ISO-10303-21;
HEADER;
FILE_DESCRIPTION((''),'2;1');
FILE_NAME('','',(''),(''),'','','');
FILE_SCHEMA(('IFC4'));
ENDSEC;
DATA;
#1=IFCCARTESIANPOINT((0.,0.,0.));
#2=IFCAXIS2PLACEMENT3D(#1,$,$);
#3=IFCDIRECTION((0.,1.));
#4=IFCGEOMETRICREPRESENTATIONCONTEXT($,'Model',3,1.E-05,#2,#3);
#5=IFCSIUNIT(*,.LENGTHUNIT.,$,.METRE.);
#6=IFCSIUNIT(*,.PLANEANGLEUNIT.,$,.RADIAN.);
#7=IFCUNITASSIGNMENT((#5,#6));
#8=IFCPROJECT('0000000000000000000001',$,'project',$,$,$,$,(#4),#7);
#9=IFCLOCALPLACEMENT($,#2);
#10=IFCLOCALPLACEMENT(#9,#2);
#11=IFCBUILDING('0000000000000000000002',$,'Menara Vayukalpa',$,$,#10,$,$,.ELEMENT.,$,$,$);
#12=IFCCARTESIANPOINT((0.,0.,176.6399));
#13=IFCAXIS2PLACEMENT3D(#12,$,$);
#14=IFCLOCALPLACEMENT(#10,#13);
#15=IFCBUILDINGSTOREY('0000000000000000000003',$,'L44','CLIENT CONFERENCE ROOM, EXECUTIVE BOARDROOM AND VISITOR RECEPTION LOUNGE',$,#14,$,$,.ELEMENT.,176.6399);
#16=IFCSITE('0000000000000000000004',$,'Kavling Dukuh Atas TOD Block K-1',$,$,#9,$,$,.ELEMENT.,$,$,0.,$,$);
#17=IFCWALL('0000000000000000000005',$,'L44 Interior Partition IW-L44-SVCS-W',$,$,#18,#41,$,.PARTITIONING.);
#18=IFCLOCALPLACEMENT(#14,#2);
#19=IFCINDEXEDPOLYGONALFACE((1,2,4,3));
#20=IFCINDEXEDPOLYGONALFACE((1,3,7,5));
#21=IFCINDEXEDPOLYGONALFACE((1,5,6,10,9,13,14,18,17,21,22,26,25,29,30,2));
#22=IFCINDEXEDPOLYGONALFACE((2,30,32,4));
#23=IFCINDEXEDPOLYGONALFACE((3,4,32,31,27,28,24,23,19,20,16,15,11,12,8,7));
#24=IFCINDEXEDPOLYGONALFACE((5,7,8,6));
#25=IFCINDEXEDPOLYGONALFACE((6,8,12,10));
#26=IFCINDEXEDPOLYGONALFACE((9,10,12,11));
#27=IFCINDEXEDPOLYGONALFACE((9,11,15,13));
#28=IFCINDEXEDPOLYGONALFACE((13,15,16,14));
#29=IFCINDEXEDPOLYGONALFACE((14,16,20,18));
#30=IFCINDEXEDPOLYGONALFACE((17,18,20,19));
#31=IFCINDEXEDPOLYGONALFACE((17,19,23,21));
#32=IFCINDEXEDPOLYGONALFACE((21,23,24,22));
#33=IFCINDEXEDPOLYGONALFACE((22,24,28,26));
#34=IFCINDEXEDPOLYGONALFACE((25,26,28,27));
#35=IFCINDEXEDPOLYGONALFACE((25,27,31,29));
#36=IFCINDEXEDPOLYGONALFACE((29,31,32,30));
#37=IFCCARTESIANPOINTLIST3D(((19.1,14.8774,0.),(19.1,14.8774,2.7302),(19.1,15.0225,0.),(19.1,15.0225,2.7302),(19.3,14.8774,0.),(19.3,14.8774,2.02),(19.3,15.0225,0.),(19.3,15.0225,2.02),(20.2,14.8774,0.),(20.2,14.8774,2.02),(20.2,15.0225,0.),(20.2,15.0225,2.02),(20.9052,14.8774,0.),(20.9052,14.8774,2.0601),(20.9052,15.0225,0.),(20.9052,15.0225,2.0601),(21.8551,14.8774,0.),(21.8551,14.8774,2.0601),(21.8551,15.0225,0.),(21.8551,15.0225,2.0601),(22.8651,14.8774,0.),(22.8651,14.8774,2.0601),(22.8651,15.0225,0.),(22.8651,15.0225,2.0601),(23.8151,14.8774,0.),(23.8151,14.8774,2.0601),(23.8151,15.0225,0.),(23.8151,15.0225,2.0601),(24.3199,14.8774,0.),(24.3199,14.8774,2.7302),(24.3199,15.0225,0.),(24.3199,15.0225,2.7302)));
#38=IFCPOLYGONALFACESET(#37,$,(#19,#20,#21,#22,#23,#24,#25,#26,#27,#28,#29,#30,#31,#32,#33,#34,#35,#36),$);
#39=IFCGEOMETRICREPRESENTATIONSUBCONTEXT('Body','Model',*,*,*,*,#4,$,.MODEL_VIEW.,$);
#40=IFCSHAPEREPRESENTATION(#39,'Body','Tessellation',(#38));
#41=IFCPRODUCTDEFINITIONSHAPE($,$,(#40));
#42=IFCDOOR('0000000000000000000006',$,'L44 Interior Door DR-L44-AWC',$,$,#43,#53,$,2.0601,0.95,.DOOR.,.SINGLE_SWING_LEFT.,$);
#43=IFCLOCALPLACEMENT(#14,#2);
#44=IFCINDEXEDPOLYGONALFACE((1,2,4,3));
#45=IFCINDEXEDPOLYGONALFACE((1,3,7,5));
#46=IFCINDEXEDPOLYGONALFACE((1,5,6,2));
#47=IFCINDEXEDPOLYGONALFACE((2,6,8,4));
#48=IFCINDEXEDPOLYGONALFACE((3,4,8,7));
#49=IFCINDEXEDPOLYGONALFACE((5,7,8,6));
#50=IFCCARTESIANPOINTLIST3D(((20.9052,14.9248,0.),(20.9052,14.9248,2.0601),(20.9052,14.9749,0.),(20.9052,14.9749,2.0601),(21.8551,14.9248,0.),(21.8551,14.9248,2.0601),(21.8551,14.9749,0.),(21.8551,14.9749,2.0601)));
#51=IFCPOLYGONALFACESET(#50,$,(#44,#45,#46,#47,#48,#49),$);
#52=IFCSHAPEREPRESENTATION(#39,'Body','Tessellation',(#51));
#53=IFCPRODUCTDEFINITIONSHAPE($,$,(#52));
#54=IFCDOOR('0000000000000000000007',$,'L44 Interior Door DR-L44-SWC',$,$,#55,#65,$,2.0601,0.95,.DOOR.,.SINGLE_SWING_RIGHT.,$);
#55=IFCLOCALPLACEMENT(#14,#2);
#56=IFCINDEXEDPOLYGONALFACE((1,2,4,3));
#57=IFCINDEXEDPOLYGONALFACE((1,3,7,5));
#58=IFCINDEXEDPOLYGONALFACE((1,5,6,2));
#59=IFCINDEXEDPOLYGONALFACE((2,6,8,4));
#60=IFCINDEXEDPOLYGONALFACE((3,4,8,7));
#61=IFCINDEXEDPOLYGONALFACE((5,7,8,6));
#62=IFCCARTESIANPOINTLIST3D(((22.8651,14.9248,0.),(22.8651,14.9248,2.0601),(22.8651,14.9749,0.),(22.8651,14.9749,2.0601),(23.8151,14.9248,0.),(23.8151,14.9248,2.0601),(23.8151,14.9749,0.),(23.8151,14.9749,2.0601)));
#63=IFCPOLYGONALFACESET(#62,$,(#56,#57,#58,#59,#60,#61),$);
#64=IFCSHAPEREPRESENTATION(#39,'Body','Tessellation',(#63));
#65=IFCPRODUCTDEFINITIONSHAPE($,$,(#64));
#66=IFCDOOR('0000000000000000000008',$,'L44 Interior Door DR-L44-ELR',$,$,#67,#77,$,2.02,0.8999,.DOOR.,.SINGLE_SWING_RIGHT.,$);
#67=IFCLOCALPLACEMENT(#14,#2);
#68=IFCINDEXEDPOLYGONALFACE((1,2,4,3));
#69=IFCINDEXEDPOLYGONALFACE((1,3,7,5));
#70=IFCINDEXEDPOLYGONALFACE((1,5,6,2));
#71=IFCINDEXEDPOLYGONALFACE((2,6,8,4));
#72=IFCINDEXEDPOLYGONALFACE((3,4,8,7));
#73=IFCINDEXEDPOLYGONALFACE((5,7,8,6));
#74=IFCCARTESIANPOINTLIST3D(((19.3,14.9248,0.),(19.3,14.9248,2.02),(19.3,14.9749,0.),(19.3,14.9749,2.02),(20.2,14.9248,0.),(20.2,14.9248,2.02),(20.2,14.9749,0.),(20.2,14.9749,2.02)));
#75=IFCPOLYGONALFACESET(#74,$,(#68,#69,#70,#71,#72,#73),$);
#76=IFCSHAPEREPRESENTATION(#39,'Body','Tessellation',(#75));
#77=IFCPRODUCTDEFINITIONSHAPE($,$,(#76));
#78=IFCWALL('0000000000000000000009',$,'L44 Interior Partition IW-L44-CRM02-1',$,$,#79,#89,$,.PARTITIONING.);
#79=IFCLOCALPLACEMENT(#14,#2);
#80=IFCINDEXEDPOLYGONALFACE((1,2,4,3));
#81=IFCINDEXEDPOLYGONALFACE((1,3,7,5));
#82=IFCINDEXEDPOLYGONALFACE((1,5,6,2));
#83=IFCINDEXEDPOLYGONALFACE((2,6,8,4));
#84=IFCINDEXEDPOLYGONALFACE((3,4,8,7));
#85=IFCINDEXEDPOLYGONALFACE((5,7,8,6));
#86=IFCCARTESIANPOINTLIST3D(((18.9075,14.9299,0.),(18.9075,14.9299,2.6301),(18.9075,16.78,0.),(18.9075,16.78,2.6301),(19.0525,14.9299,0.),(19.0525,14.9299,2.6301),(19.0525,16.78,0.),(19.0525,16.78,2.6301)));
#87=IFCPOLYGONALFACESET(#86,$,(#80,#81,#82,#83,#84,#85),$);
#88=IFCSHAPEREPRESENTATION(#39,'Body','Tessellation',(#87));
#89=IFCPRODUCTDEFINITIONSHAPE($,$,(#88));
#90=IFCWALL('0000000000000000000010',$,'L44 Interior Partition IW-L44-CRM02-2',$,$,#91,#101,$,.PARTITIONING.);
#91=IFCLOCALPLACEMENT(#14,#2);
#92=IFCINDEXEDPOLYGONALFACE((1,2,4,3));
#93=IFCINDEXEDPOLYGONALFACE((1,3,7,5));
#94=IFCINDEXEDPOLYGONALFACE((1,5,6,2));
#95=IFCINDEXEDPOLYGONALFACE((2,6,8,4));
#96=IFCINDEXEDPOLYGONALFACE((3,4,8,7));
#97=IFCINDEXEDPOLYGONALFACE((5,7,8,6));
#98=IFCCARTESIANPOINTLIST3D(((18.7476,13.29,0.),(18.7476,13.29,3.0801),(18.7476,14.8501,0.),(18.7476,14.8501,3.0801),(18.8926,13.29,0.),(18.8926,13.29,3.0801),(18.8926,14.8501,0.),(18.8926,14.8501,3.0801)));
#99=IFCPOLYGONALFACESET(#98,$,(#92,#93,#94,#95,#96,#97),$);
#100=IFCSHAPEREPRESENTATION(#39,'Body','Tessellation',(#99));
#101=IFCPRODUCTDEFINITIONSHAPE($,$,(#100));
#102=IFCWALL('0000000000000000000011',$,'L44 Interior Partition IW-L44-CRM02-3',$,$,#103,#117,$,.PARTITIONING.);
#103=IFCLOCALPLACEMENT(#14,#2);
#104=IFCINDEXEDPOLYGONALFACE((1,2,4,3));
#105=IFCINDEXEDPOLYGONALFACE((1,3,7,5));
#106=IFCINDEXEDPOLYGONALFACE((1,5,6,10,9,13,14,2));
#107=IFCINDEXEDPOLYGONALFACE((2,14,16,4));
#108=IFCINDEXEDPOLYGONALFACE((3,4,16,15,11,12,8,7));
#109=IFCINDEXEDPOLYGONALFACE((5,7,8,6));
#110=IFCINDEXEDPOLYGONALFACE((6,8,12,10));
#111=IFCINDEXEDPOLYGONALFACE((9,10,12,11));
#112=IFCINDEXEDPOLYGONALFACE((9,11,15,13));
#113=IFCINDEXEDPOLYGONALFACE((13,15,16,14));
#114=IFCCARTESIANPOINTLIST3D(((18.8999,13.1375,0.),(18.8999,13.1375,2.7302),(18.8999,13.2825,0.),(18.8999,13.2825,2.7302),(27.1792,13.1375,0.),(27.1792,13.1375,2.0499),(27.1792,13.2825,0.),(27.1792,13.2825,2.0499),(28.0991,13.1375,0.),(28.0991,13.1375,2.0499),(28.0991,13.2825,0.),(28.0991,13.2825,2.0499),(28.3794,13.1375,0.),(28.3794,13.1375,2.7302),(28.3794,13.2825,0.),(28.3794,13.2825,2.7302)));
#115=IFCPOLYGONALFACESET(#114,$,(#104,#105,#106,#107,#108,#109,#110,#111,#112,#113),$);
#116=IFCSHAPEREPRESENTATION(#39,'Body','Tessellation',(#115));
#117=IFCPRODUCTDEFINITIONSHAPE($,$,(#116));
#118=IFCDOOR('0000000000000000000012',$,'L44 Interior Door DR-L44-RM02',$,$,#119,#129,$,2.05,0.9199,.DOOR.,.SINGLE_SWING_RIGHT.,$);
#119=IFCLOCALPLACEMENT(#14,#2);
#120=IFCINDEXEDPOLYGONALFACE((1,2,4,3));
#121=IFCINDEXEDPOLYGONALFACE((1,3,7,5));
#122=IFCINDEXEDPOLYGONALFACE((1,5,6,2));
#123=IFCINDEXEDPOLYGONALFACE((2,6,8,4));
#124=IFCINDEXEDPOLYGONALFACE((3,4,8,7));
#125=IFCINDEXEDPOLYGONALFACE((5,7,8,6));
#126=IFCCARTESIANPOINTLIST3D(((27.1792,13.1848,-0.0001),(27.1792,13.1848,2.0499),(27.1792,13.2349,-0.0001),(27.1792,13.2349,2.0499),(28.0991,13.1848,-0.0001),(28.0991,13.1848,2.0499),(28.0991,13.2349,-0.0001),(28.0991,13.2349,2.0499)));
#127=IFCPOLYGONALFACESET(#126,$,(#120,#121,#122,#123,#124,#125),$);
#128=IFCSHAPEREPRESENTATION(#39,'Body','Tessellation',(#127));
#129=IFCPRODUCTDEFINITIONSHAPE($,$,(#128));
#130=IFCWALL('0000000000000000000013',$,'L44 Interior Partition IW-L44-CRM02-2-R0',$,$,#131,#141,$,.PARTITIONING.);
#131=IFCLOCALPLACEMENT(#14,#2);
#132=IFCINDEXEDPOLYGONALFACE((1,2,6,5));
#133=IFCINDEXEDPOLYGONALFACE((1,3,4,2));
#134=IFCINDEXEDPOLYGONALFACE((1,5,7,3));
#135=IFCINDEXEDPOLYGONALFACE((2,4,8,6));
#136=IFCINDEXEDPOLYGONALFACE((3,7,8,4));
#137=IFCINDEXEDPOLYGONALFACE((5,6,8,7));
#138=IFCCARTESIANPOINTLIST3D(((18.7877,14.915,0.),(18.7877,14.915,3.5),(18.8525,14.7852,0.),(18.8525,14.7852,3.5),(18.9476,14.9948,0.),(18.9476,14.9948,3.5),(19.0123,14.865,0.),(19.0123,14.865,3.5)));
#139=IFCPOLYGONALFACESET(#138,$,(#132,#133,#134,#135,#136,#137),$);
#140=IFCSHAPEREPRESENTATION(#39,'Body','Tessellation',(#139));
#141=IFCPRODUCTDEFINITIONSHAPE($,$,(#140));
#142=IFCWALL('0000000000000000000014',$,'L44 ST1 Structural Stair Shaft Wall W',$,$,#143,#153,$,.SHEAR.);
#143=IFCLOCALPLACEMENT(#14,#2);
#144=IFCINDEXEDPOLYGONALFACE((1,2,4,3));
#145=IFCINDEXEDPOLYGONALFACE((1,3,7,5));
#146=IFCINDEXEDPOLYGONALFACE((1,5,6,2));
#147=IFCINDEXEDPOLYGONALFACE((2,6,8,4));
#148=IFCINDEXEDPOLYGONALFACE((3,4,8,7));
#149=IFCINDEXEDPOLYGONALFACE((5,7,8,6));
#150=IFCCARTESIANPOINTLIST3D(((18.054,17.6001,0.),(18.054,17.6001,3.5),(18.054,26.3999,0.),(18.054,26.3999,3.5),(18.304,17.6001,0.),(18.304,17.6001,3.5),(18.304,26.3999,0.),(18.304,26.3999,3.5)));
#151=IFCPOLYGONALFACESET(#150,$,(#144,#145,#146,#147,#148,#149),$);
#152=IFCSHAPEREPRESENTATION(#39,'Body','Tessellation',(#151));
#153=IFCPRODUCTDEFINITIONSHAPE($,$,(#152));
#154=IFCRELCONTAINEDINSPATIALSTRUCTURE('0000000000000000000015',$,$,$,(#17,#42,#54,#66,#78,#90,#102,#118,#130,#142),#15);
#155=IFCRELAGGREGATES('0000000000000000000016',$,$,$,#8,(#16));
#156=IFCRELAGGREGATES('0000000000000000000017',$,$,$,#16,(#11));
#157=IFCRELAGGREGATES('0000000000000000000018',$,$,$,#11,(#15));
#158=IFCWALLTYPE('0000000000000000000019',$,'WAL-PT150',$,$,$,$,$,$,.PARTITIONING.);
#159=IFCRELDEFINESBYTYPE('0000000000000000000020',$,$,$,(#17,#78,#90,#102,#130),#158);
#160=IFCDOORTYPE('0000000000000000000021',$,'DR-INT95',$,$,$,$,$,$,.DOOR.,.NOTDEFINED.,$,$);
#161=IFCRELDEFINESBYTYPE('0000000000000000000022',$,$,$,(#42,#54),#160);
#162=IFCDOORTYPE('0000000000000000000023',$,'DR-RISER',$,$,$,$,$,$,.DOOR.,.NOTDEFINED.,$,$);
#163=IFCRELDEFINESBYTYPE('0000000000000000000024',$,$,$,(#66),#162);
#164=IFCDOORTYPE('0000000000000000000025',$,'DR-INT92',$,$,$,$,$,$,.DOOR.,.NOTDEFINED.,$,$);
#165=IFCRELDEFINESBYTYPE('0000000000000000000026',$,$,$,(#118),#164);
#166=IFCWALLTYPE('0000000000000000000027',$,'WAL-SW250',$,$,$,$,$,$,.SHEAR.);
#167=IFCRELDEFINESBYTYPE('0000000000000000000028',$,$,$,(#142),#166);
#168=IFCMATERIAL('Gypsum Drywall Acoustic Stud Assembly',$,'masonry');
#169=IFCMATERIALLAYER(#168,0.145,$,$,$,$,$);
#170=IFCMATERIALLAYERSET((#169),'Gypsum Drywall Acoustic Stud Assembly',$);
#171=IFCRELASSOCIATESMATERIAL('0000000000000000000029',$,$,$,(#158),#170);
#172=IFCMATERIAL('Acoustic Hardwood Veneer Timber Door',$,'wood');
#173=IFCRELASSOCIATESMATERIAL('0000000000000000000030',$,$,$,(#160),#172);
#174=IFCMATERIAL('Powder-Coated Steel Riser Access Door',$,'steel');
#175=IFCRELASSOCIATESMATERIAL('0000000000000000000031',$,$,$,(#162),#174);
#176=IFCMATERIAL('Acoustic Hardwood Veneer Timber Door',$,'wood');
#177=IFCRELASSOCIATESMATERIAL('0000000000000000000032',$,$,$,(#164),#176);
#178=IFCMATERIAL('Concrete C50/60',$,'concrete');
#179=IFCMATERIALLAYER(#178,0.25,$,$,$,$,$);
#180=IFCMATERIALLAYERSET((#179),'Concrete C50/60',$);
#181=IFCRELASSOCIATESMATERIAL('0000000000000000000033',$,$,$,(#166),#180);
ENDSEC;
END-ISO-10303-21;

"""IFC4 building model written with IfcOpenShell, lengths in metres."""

from ifc_helpers import new_model, si_unit, direction, frame, frame_2d, origin, place, context, subcontext, project, spatial, rectangle, extrude, material, layer, layer_set, type_object, element, fill, save


model = new_model("IFC4")

# Units and contexts
model_context = context("Model", 3, precision=1e-05, world=origin(), true_north=direction((0.0, 1.0)))
body_context = subcontext(model_context, "Body", "Model", "MODEL_VIEW")
ifc_project = project(units=[si_unit("LENGTHUNIT", "METRE"), si_unit("PLANEANGLEUNIT", "RADIAN")], contexts=[model_context])

# Site, building, storey
site_placement = place(None, origin())
site = spatial("IfcSite", under=ifc_project, at=site_placement, Name="Kavling Dukuh Atas TOD Block K-1", CompositionType="ELEMENT", RefElevation=0.0)
building_placement = place(site_placement, origin())
building = spatial("IfcBuilding", under=site, at=building_placement, Name="Menara Vayukalpa", CompositionType="ELEMENT")
storey_placement = place(building_placement, frame((0.0, 0.0, 176.6399)))
storey = spatial("IfcBuildingStorey", under=building, at=storey_placement, Name="L44", Description="CLIENT CONFERENCE ROOM, EXECUTIVE BOARDROOM AND VISITOR RECEPTION LOUNGE", CompositionType="ELEMENT", Elevation=176.6399)

# Wall, openings, doors
ifc_material_1 = material(Name="Gypsum Drywall Acoustic Stud Assembly", Category="masonry")
ifc_layer_1 = layer(ifc_material_1, 0.145)
ifc_layer_set_1 = layer_set([ifc_layer_1], Name="Gypsum Drywall Acoustic Stud Assembly")
wall_type_1 = type_object("IfcWallType", Name="WAL-PT150", PredefinedType="PARTITIONING", material=ifc_layer_set_1)
wall_1_placement = place(storey_placement, frame((19.1001, 14.95, 0.0), z_axis=(0.0, 0.0, 1.0), x_axis=(1.0, 0.0, 0.0)))
wall_1 = element("IfcWall", 1, at=wall_1_placement, inside=storey, type_object=wall_type_1, Name="L44 Interior Partition IW-L44-SVCS-W", PredefinedType="PARTITIONING", context=body_context, shape_type="SweptSolid", body=[
    extrude(rectangle(XDim=5.22, YDim=0.145, at=frame_2d((2.6099, 0.0))), origin(), (0.0, 0.0, 1.0), 2.7302),
])
opening_1_placement = place(wall_1_placement, frame((0.2, 0.0, 0.0)))
opening_1 = element("IfcOpeningElement", 2, at=opening_1_placement, cuts=wall_1, PredefinedType="OPENING", context=body_context, shape_type="SweptSolid", body=[
    extrude(rectangle(XDim=0.8999, YDim=2.02, at=frame_2d((0.45, 1.01))), frame((0.0, 0.0825, 0.0), z_axis=(0.0, -1.0, 0.0), x_axis=(1.0, 0.0, 0.0)), (0.0, 0.0, 1.0), 0.165),
])
opening_2_placement = place(wall_1_placement, frame((1.8049, 0.0, 0.0)))
opening_2 = element("IfcOpeningElement", 3, at=opening_2_placement, cuts=wall_1, PredefinedType="OPENING", context=body_context, shape_type="SweptSolid", body=[
    extrude(rectangle(XDim=0.95, YDim=2.0601, at=frame_2d((0.4751, 1.03))), frame((0.0, 0.0825, 0.0), z_axis=(0.0, -1.0, 0.0), x_axis=(1.0, 0.0, 0.0)), (0.0, 0.0, 1.0), 0.165),
])
opening_3_placement = place(wall_1_placement, frame((3.7649, 0.0, 0.0)))
opening_3 = element("IfcOpeningElement", 4, at=opening_3_placement, cuts=wall_1, PredefinedType="OPENING", context=body_context, shape_type="SweptSolid", body=[
    extrude(rectangle(XDim=0.95, YDim=2.0601, at=frame_2d((0.4751, 1.03))), frame((0.0, 0.0825, 0.0), z_axis=(0.0, -1.0, 0.0), x_axis=(1.0, 0.0, 0.0)), (0.0, 0.0, 1.0), 0.165),
])
ifc_material_2 = material(Name="Acoustic Hardwood Veneer Timber Door", Category="wood")
door_type_1 = type_object("IfcDoorType", Name="DR-INT95", OperationType="NOTDEFINED", PredefinedType="DOOR", material=ifc_material_2)
door_1_placement = place(opening_2_placement, origin())
door_1 = element("IfcDoor", 5, at=door_1_placement, inside=storey, type_object=door_type_1, Name="L44 Interior Door DR-L44-AWC", OperationType="SINGLE_SWING_LEFT", OverallHeight=2.0601, OverallWidth=0.95, PredefinedType="DOOR", context=body_context, shape_type="SweptSolid", body=[
    extrude(rectangle(XDim=0.95, YDim=2.0601, at=frame_2d((0.4751, 1.03))), frame((0.0, 0.0249, 0.0), z_axis=(0.0, -1.0, 0.0), x_axis=(1.0, 0.0, 0.0)), (0.0, 0.0, 1.0), 0.05),
])
fill(opening_2, door_1)
door_2_placement = place(opening_3_placement, origin())
door_2 = element("IfcDoor", 6, at=door_2_placement, inside=storey, type_object=door_type_1, Name="L44 Interior Door DR-L44-SWC", OperationType="SINGLE_SWING_RIGHT", OverallHeight=2.0601, OverallWidth=0.95, PredefinedType="DOOR", context=body_context, shape_type="SweptSolid", body=[
    extrude(rectangle(XDim=0.95, YDim=2.0601, at=frame_2d((0.4751, 1.03))), frame((0.0, 0.0249, 0.0), z_axis=(0.0, -1.0, 0.0), x_axis=(1.0, 0.0, 0.0)), (0.0, 0.0, 1.0), 0.05),
])
fill(opening_3, door_2)
ifc_material_3 = material(Name="Powder-Coated Steel Riser Access Door", Category="steel")
door_type_2 = type_object("IfcDoorType", Name="DR-RISER", OperationType="NOTDEFINED", PredefinedType="DOOR", material=ifc_material_3)
door_3_placement = place(opening_1_placement, origin())
door_3 = element("IfcDoor", 7, at=door_3_placement, inside=storey, type_object=door_type_2, Name="L44 Interior Door DR-L44-ELR", OperationType="SINGLE_SWING_RIGHT", OverallHeight=2.02, OverallWidth=0.8999, PredefinedType="DOOR", context=body_context, shape_type="SweptSolid", body=[
    extrude(rectangle(XDim=0.8999, YDim=2.02, at=frame_2d((0.45, 1.01))), frame((0.0, 0.0249, 0.0), z_axis=(0.0, -1.0, 0.0), x_axis=(1.0, 0.0, 0.0)), (0.0, 0.0, 1.0), 0.05),
])
fill(opening_1, door_3)

# Walls
wall_2_placement = place(storey_placement, frame((18.98, 16.78, 0.0), z_axis=(0.0, 0.0, 1.0), x_axis=(0.0, -1.0, 0.0)))
element("IfcWall", 8, at=wall_2_placement, inside=storey, type_object=wall_type_1, Name="L44 Interior Partition IW-L44-CRM02-1", PredefinedType="PARTITIONING", context=body_context, shape_type="SweptSolid", body=[
    extrude(rectangle(XDim=1.8501, YDim=0.145, at=frame_2d((0.925, 0.0))), origin(), (0.0, 0.0, 1.0), 2.6301),
])
wall_3_placement = place(storey_placement, frame((18.8201, 14.8501, 0.0), z_axis=(0.0, 0.0, 1.0), x_axis=(0.0, -1.0, 0.0)))
element("IfcWall", 9, at=wall_3_placement, inside=storey, type_object=wall_type_1, Name="L44 Interior Partition IW-L44-CRM02-2", PredefinedType="PARTITIONING", context=body_context, shape_type="SweptSolid", body=[
    extrude(rectangle(XDim=1.5601, YDim=0.145, at=frame_2d((0.78, 0.0))), origin(), (0.0, 0.0, 1.0), 3.0801),
])

# Wall, opening, door
wall_4_placement = place(storey_placement, frame((18.8999, 13.21, 0.0), z_axis=(0.0, 0.0, 1.0), x_axis=(1.0, 0.0, 0.0)))
wall_4 = element("IfcWall", 10, at=wall_4_placement, inside=storey, type_object=wall_type_1, Name="L44 Interior Partition IW-L44-CRM02-3", PredefinedType="PARTITIONING", context=body_context, shape_type="SweptSolid", body=[
    extrude(rectangle(XDim=9.4795, YDim=0.145, at=frame_2d((4.7397, 0.0))), origin(), (0.0, 0.0, 1.0), 2.7302),
])
opening_4_placement = place(wall_4_placement, frame((8.2793, 0.0, 0.0)))
opening_4 = element("IfcOpeningElement", 11, at=opening_4_placement, cuts=wall_4, PredefinedType="OPENING", context=body_context, shape_type="SweptSolid", body=[
    extrude(rectangle(XDim=0.9199, YDim=2.05, at=frame_2d((0.46, 1.0249))), frame((0.0, 0.0825, 0.0), z_axis=(0.0, -1.0, 0.0), x_axis=(1.0, 0.0, 0.0)), (0.0, 0.0, 1.0), 0.165),
])
ifc_material_4 = material(Name="Acoustic Hardwood Veneer Timber Door", Category="wood")
door_type_3 = type_object("IfcDoorType", Name="DR-INT92", OperationType="NOTDEFINED", PredefinedType="DOOR", material=ifc_material_4)
door_4_placement = place(opening_4_placement, origin())
door_4 = element("IfcDoor", 12, at=door_4_placement, inside=storey, type_object=door_type_3, Name="L44 Interior Door DR-L44-RM02", OperationType="SINGLE_SWING_RIGHT", OverallHeight=2.05, OverallWidth=0.9199, PredefinedType="DOOR", context=body_context, shape_type="SweptSolid", body=[
    extrude(rectangle(XDim=0.9199, YDim=2.05, at=frame_2d((0.46, 1.0249))), frame((0.0, 0.0249, 0.0), z_axis=(0.0, -1.0, 0.0), x_axis=(1.0, 0.0, 0.0)), (0.0, 0.0, 1.0), 0.05),
])
fill(opening_4, door_4)

# Walls
wall_5_placement = place(storey_placement, frame((18.8201, 14.8501, 0.0), z_axis=(0.0, 0.0, 1.0), x_axis=(0.8947, 0.446667, 0.0)))
element("IfcWall", 13, at=wall_5_placement, inside=storey, type_object=wall_type_1, Name="L44 Interior Partition IW-L44-CRM02-2-R0", PredefinedType="PARTITIONING", context=body_context, shape_type="SweptSolid", body=[
    extrude(rectangle(XDim=0.1787, YDim=0.145, at=frame_2d((0.0894, 0.0))), origin(), (0.0, 0.0, 1.0), 3.5),
])
ifc_material_5 = material(Name="Concrete C50/60", Category="concrete")
ifc_layer_2 = layer(ifc_material_5, 0.25)
ifc_layer_set_2 = layer_set([ifc_layer_2], Name="Concrete C50/60")
wall_type_2 = type_object("IfcWallType", Name="WAL-SW250", PredefinedType="SHEAR", material=ifc_layer_set_2)
wall_6_placement = place(storey_placement, frame((18.179, 17.6001, 0.0), z_axis=(0.0, 0.0, 1.0), x_axis=(0.0, 1.0, 0.0)))
element("IfcWall", 14, at=wall_6_placement, inside=storey, type_object=wall_type_2, Name="L44 ST1 Structural Stair Shaft Wall W", PredefinedType="SHEAR", context=body_context, shape_type="SweptSolid", body=[
    extrude(rectangle(XDim=8.7998, YDim=0.25, at=frame_2d((4.3999, 0.0))), origin(), (0.0, 0.0, 1.0), 3.5),
])

save(model, "model.ifc")
